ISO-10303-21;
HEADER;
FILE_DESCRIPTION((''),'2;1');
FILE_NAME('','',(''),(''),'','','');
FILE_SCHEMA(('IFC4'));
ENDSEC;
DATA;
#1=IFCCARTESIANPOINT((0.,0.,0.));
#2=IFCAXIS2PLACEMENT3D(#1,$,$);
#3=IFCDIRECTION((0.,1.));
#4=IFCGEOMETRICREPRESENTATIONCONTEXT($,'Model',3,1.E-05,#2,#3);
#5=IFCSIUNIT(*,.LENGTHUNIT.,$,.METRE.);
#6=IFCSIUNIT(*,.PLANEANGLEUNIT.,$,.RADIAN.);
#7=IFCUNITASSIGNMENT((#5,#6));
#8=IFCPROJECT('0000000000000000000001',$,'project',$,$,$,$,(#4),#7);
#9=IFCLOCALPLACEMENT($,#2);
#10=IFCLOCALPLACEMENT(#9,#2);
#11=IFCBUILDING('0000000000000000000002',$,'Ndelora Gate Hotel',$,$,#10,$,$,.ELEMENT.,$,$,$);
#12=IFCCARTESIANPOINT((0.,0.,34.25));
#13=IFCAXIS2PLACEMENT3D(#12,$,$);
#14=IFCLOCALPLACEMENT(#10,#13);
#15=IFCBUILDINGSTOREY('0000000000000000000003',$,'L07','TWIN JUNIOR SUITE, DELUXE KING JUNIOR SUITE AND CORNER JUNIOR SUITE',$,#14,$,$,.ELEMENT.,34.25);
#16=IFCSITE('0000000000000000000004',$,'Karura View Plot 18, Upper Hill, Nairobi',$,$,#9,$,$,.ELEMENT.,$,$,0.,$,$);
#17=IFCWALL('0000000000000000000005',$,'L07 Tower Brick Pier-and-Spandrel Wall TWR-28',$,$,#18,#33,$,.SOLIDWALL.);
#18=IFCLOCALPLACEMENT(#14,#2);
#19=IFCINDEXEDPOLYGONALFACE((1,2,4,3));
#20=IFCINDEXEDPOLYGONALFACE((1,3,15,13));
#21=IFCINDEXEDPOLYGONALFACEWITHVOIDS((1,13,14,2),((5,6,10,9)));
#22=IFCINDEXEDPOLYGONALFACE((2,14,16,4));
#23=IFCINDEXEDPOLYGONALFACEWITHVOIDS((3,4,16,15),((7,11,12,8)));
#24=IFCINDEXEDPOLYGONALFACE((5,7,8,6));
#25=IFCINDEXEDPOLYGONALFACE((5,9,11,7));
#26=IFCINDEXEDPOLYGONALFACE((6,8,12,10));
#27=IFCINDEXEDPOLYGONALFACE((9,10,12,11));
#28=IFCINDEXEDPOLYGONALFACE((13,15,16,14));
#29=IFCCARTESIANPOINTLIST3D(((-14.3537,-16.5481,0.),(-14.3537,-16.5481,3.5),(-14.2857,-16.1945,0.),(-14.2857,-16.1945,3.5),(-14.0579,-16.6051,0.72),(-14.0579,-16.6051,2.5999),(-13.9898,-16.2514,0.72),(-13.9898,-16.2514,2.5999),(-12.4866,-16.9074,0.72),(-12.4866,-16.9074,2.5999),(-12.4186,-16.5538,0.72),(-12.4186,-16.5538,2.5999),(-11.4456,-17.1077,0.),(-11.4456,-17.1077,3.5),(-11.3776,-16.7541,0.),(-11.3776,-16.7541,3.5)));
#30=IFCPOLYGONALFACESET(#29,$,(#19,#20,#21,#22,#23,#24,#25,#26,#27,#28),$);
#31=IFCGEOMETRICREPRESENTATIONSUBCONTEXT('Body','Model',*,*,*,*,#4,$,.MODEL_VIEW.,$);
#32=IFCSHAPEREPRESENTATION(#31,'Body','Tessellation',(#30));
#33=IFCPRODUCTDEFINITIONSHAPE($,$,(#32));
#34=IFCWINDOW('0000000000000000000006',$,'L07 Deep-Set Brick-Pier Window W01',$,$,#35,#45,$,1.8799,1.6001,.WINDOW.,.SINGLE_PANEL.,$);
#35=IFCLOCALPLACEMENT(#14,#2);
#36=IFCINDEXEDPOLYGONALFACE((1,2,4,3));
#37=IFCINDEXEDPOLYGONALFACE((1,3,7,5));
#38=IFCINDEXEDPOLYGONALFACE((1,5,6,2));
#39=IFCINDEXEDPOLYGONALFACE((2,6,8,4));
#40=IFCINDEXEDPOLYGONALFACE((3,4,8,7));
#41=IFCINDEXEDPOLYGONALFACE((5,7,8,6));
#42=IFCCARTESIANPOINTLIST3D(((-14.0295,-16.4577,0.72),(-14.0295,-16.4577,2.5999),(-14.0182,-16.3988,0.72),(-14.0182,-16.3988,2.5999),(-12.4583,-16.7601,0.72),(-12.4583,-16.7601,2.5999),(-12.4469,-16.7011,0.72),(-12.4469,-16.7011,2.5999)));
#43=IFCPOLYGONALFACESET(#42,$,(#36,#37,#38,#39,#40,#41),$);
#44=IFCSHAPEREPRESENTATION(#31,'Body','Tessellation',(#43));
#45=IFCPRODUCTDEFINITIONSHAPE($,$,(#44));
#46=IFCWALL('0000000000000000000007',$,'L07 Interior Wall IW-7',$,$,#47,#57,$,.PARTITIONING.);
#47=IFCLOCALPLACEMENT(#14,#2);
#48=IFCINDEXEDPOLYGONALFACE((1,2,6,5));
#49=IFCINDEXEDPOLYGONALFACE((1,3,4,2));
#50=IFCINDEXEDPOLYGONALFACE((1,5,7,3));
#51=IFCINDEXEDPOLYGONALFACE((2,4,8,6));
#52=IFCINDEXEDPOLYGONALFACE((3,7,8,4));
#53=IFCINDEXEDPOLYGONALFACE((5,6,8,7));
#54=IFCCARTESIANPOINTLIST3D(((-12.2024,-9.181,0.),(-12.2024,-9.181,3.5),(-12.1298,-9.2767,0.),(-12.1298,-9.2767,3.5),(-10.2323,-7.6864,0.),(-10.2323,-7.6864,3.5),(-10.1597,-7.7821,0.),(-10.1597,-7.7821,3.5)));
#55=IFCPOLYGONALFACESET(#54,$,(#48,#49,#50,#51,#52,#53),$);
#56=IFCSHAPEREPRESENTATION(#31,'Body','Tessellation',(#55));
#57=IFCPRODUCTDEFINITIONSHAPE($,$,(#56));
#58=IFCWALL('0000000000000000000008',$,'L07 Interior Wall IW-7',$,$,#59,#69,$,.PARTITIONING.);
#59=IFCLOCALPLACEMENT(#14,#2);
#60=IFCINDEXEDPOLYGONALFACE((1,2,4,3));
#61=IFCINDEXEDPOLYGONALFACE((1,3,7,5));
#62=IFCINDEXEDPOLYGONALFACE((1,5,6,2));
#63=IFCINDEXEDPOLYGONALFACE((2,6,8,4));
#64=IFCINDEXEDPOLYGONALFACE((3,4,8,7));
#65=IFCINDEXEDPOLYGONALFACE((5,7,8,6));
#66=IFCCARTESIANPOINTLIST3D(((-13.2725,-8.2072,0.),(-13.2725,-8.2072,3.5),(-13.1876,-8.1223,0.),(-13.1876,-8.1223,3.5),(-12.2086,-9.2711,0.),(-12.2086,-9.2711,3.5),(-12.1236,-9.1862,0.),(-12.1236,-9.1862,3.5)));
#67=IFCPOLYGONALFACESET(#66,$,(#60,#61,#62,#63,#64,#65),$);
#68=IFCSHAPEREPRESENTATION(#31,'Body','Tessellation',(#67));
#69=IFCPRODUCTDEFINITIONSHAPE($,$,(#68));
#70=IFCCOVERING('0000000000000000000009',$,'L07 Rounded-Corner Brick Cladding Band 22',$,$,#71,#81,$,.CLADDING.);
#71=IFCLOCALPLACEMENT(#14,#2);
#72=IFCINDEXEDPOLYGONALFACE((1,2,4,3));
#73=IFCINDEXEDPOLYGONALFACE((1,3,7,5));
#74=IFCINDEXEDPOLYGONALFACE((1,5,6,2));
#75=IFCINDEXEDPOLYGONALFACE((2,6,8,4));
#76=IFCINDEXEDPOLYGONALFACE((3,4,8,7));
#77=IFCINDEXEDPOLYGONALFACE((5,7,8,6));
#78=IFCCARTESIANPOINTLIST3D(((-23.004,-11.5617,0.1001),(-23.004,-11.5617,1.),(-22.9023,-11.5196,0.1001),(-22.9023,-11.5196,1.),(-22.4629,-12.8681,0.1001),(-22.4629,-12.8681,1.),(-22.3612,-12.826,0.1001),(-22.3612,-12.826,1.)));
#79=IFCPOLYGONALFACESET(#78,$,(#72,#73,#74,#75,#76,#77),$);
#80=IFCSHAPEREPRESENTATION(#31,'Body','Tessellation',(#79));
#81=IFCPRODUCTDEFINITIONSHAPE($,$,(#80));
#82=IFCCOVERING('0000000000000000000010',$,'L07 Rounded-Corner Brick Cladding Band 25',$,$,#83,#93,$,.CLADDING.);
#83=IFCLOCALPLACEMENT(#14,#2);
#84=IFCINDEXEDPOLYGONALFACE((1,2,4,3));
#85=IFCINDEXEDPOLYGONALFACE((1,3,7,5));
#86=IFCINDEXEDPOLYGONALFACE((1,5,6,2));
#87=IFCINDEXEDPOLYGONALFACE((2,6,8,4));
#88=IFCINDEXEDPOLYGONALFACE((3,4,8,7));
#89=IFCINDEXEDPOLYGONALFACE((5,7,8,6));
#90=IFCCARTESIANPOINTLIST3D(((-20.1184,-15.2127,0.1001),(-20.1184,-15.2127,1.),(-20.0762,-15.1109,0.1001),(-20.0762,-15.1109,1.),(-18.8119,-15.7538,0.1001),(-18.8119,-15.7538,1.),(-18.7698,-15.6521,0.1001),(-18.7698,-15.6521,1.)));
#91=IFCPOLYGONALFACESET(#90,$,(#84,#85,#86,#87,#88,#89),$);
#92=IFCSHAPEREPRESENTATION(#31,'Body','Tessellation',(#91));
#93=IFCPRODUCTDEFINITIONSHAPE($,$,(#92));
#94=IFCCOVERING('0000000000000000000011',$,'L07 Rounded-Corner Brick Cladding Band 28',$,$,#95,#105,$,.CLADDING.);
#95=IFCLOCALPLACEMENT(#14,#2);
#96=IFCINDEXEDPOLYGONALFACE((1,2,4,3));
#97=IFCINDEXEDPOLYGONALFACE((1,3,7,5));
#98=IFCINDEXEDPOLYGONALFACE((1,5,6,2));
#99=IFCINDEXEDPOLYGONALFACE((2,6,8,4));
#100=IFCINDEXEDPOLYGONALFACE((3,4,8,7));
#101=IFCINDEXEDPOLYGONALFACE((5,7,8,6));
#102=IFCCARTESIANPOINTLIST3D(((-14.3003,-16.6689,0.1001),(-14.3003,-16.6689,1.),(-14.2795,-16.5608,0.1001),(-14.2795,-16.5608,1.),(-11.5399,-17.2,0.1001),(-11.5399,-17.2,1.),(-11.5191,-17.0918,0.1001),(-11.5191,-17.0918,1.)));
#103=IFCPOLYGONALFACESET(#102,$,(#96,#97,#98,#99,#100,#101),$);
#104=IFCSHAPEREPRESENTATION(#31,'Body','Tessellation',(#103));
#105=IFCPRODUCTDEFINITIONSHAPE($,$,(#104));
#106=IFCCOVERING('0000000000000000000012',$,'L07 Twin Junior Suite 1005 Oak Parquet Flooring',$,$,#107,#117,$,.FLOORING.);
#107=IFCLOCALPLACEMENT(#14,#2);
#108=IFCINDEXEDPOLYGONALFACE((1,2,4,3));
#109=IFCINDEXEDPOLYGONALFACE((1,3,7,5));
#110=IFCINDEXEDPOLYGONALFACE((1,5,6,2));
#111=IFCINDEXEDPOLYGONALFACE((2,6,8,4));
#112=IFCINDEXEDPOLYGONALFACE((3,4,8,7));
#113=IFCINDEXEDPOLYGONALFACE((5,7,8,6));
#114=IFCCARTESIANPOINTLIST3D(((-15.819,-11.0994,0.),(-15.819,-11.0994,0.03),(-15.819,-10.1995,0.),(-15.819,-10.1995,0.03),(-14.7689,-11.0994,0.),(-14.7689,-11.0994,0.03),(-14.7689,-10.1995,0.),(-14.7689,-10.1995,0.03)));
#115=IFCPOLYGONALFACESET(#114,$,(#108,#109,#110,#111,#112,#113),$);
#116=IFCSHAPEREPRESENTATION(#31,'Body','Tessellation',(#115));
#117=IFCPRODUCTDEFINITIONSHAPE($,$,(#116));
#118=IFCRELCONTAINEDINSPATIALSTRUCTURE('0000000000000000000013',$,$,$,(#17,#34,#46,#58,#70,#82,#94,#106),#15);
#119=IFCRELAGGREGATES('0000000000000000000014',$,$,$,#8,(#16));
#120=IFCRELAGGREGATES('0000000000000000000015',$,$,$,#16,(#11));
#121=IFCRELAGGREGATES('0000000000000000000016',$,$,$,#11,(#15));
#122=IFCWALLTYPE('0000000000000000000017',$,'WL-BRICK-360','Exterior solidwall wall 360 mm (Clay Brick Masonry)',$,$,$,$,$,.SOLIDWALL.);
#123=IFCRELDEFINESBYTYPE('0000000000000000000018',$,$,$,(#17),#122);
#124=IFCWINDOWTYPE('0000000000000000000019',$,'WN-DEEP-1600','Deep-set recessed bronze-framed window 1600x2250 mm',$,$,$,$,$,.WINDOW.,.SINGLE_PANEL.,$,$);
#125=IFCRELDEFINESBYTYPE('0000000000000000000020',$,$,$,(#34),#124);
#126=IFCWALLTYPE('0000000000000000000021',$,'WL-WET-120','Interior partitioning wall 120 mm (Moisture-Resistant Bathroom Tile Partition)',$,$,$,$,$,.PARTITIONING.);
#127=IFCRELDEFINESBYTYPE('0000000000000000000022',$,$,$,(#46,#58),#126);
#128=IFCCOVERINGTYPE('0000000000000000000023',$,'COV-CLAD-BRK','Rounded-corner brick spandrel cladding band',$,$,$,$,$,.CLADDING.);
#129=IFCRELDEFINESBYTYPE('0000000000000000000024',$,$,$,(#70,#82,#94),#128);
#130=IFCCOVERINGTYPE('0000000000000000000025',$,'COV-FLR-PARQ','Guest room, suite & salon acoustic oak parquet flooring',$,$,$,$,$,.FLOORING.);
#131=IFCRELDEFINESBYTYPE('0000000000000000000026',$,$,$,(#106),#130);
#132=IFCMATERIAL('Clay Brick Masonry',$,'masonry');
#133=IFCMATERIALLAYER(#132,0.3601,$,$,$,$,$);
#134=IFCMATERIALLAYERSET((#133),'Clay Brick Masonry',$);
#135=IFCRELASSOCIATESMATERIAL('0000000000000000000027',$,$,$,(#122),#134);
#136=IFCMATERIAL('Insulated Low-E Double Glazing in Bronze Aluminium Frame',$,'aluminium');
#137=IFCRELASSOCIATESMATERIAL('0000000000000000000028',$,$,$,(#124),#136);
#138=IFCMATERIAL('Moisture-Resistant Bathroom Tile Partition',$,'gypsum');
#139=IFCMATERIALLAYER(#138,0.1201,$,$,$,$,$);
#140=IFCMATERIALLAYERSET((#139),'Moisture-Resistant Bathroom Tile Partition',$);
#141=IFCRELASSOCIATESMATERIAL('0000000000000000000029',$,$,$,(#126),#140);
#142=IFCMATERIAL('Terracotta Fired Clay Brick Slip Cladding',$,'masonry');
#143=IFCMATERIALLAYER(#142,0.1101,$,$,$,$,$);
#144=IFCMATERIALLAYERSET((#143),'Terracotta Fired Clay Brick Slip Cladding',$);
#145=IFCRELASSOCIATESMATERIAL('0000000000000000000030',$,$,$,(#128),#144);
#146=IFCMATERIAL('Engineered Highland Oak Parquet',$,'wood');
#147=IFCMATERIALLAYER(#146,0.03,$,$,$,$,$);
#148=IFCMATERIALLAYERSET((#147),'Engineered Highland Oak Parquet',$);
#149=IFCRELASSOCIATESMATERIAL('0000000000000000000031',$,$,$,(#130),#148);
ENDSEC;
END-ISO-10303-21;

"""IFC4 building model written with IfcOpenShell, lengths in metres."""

from ifc_helpers import new_model, si_unit, direction, frame, frame_2d, origin, origin_2d, place, context, subcontext, project, spatial, rectangle, extrude, material, layer, layer_set, type_object, element, fill, save


model = new_model("IFC4")

# Units and contexts
model_context = context("Model", 3, precision=1e-05, world=origin(), true_north=direction((0.0, 1.0)))
body_context = subcontext(model_context, "Body", "Model", "MODEL_VIEW")
ifc_project = project(units=[si_unit("LENGTHUNIT", "METRE"), si_unit("PLANEANGLEUNIT", "RADIAN")], contexts=[model_context])

# Site, building, storey
site_placement = place(None, origin())
site = spatial("IfcSite", under=ifc_project, at=site_placement, Name="Karura View Plot 18, Upper Hill, Nairobi", CompositionType="ELEMENT", RefElevation=0.0)
building_placement = place(site_placement, origin())
building = spatial("IfcBuilding", under=site, at=building_placement, Name="Ndelora Gate Hotel", CompositionType="ELEMENT")
storey_placement = place(building_placement, frame((0.0, 0.0, 34.25)))
storey = spatial("IfcBuildingStorey", under=building, at=storey_placement, Name="L07", Description="TWIN JUNIOR SUITE, DELUXE KING JUNIOR SUITE AND CORNER JUNIOR SUITE", CompositionType="ELEMENT", Elevation=34.25)

# Shared definitions
ifc_material_1 = material(Name="Clay Brick Masonry", Category="masonry")
ifc_layer_1 = layer(ifc_material_1, 0.3601)
ifc_layer_set_1 = layer_set([ifc_layer_1], Name="Clay Brick Masonry")
wall_type_1 = type_object("IfcWallType", Name="WL-BRICK-360", Description="Exterior solidwall wall 360 mm (Clay Brick Masonry)", PredefinedType="SOLIDWALL", material=ifc_layer_set_1)

# Wall, opening, window
ifc_material_2 = material(Name="Insulated Low-E Double Glazing in Bronze Aluminium Frame", Category="aluminium")
window_type = type_object("IfcWindowType", Name="WN-DEEP-1600", Description="Deep-set recessed bronze-framed window 1600x2250 mm", PartitioningType="SINGLE_PANEL", PredefinedType="WINDOW", material=ifc_material_2)
wall_1_placement = place(storey_placement, frame((-11.4116, -16.9309, 0.0), z_axis=(0.0, 0.0, 1.0), x_axis=(-0.981985, 0.188961, 0.0)))
wall_1 = element("IfcWall", 1, at=wall_1_placement, inside=storey, type_object=wall_type_1, Name="L07 Tower Brick Pier-and-Spandrel Wall TWR-28", PredefinedType="SOLIDWALL", context=body_context, shape_type="SweptSolid", body=[
    extrude(rectangle(XDim=2.9614, YDim=0.3601, at=frame_2d((1.4807, 0.0))), origin(), (0.0, 0.0, 1.0), 3.5),
])
opening_1_placement = place(wall_1_placement, frame((1.0601, 0.0, 0.72)))
opening_1 = element("IfcOpeningElement", 2, at=opening_1_placement, cuts=wall_1, PredefinedType="OPENING", context=body_context, shape_type="SweptSolid", body=[
    extrude(rectangle(XDim=1.6001, YDim=1.8799, at=frame_2d((0.8, 0.9399))), frame((0.0, 0.1899, 0.0), z_axis=(0.0, -1.0, 0.0), x_axis=(1.0, 0.0, 0.0)), (0.0, 0.0, 1.0), 0.3801),
])
window_1_placement = place(opening_1_placement, origin())
window_1 = element("IfcWindow", 3, at=window_1_placement, inside=storey, type_object=window_type, Name="L07 Deep-Set Brick-Pier Window W01", OverallHeight=1.8799, OverallWidth=1.6001, PartitioningType="SINGLE_PANEL", PredefinedType="WINDOW", context=body_context, shape_type="SweptSolid", body=[
    extrude(rectangle(XDim=1.6001, YDim=1.8799, at=frame_2d((0.8, 0.9399))), frame((0.0, 0.03, 0.0), z_axis=(0.0, -1.0, 0.0), x_axis=(1.0, 0.0, 0.0)), (0.0, 0.0, 1.0), 0.0601),
])
fill(opening_1, window_1)

# Walls
ifc_material_3 = material(Name="Moisture-Resistant Bathroom Tile Partition", Category="gypsum")
ifc_layer_2 = layer(ifc_material_3, 0.1201)
ifc_layer_set_2 = layer_set([ifc_layer_2], Name="Moisture-Resistant Bathroom Tile Partition")
wall_type_2 = type_object("IfcWallType", Name="WL-WET-120", Description="Interior partitioning wall 120 mm (Moisture-Resistant Bathroom Tile Partition)", PredefinedType="PARTITIONING", material=ifc_layer_set_2)
wall_2_placement = place(storey_placement, frame((-12.166, -9.2288, 0.0), z_axis=(0.0, 0.0, 1.0), x_axis=(0.796695, 0.604382, 0.0)))
element("IfcWall", 4, at=wall_2_placement, inside=storey, type_object=wall_type_2, Name="L07 Interior Wall IW-7", PredefinedType="PARTITIONING", context=body_context, shape_type="SweptSolid", body=[
    extrude(rectangle(XDim=2.4729, YDim=0.1201, at=frame_2d((1.2363, 0.0))), origin(), (0.0, 0.0, 1.0), 3.5),
])
wall_3_placement = place(storey_placement, frame((-12.166, -9.2288, 0.0), z_axis=(0.0, 0.0, 1.0), x_axis=(-0.707107, 0.707107, 0.0)))
element("IfcWall", 5, at=wall_3_placement, inside=storey, type_object=wall_type_2, Name="L07 Interior Wall IW-7", PredefinedType="PARTITIONING", context=body_context, shape_type="SweptSolid", body=[
    extrude(rectangle(XDim=1.5046, YDim=0.1201, at=frame_2d((0.7524, 0.0))), origin(), (0.0, 0.0, 1.0), 3.5),
])

# Coverings
ifc_material_4 = material(Name="Terracotta Fired Clay Brick Slip Cladding", Category="masonry")
ifc_layer_3 = layer(ifc_material_4, 0.1101)
ifc_layer_set_3 = layer_set([ifc_layer_3], Name="Terracotta Fired Clay Brick Slip Cladding")
covering_type_1 = type_object("IfcCoveringType", Name="COV-CLAD-BRK", Description="Rounded-corner brick spandrel cladding band", PredefinedType="CLADDING", material=ifc_layer_set_3)
for number, where, z_axis, x_axis, name in (
    (6, (-22.6826, -12.1938, 0.1001), (0.0, 0.0, 1.0), (-0.382683, 0.92388, 0.0), "L07 Rounded-Corner Brick Cladding Band 22"),
    (7, (-19.4441, -15.4324, 0.1001), (0.0, 0.0, 1.0), (-0.92388, 0.382683, 0.0), "L07 Rounded-Corner Brick Cladding Band 25"),
):
    element("IfcCovering", number, at=place(storey_placement, frame(where, z_axis=z_axis, x_axis=x_axis)), inside=storey, type_object=covering_type_1, Name=name, PredefinedType="CLADDING", context=body_context, shape_type="SweptSolid", body=[
        extrude(rectangle(XDim=1.4141, YDim=0.1101, at=origin_2d()), origin(), (0.0, 0.0, 1.0), 0.8999),
    ])
covering_1_placement = place(storey_placement, frame((-12.9097, -16.8804, 0.1001), z_axis=(0.0, 0.0, 1.0), x_axis=(-0.981992, 0.188924, 0.0)))
element("IfcCovering", 8, at=covering_1_placement, inside=storey, type_object=covering_type_1, Name="L07 Rounded-Corner Brick Cladding Band 28", PredefinedType="CLADDING", context=body_context, shape_type="SweptSolid", body=[
    extrude(rectangle(XDim=2.811, YDim=0.1101, at=origin_2d()), origin(), (0.0, 0.0, 1.0), 0.8999),
])
ifc_material_5 = material(Name="Engineered Highland Oak Parquet", Category="wood")
ifc_layer_4 = layer(ifc_material_5, 0.03)
ifc_layer_set_4 = layer_set([ifc_layer_4], Name="Engineered Highland Oak Parquet")
covering_type_2 = type_object("IfcCoveringType", Name="COV-FLR-PARQ", Description="Guest room, suite & salon acoustic oak parquet flooring", PredefinedType="FLOORING", material=ifc_layer_set_4)
covering_2_placement = place(storey_placement, frame((-15.2939, -10.6494, 0.0), z_axis=(0.0, 0.0, 1.0), x_axis=(1.0, 0.0, 0.0)))
element("IfcCovering", 9, at=covering_2_placement, inside=storey, type_object=covering_type_2, Name="L07 Twin Junior Suite 1005 Oak Parquet Flooring", PredefinedType="FLOORING", context=body_context, shape_type="SweptSolid", body=[
    extrude(rectangle(XDim=1.05, YDim=0.8999, at=origin_2d()), origin(), (0.0, 0.0, 1.0), 0.03),
])

save(model, "model.ifc")
